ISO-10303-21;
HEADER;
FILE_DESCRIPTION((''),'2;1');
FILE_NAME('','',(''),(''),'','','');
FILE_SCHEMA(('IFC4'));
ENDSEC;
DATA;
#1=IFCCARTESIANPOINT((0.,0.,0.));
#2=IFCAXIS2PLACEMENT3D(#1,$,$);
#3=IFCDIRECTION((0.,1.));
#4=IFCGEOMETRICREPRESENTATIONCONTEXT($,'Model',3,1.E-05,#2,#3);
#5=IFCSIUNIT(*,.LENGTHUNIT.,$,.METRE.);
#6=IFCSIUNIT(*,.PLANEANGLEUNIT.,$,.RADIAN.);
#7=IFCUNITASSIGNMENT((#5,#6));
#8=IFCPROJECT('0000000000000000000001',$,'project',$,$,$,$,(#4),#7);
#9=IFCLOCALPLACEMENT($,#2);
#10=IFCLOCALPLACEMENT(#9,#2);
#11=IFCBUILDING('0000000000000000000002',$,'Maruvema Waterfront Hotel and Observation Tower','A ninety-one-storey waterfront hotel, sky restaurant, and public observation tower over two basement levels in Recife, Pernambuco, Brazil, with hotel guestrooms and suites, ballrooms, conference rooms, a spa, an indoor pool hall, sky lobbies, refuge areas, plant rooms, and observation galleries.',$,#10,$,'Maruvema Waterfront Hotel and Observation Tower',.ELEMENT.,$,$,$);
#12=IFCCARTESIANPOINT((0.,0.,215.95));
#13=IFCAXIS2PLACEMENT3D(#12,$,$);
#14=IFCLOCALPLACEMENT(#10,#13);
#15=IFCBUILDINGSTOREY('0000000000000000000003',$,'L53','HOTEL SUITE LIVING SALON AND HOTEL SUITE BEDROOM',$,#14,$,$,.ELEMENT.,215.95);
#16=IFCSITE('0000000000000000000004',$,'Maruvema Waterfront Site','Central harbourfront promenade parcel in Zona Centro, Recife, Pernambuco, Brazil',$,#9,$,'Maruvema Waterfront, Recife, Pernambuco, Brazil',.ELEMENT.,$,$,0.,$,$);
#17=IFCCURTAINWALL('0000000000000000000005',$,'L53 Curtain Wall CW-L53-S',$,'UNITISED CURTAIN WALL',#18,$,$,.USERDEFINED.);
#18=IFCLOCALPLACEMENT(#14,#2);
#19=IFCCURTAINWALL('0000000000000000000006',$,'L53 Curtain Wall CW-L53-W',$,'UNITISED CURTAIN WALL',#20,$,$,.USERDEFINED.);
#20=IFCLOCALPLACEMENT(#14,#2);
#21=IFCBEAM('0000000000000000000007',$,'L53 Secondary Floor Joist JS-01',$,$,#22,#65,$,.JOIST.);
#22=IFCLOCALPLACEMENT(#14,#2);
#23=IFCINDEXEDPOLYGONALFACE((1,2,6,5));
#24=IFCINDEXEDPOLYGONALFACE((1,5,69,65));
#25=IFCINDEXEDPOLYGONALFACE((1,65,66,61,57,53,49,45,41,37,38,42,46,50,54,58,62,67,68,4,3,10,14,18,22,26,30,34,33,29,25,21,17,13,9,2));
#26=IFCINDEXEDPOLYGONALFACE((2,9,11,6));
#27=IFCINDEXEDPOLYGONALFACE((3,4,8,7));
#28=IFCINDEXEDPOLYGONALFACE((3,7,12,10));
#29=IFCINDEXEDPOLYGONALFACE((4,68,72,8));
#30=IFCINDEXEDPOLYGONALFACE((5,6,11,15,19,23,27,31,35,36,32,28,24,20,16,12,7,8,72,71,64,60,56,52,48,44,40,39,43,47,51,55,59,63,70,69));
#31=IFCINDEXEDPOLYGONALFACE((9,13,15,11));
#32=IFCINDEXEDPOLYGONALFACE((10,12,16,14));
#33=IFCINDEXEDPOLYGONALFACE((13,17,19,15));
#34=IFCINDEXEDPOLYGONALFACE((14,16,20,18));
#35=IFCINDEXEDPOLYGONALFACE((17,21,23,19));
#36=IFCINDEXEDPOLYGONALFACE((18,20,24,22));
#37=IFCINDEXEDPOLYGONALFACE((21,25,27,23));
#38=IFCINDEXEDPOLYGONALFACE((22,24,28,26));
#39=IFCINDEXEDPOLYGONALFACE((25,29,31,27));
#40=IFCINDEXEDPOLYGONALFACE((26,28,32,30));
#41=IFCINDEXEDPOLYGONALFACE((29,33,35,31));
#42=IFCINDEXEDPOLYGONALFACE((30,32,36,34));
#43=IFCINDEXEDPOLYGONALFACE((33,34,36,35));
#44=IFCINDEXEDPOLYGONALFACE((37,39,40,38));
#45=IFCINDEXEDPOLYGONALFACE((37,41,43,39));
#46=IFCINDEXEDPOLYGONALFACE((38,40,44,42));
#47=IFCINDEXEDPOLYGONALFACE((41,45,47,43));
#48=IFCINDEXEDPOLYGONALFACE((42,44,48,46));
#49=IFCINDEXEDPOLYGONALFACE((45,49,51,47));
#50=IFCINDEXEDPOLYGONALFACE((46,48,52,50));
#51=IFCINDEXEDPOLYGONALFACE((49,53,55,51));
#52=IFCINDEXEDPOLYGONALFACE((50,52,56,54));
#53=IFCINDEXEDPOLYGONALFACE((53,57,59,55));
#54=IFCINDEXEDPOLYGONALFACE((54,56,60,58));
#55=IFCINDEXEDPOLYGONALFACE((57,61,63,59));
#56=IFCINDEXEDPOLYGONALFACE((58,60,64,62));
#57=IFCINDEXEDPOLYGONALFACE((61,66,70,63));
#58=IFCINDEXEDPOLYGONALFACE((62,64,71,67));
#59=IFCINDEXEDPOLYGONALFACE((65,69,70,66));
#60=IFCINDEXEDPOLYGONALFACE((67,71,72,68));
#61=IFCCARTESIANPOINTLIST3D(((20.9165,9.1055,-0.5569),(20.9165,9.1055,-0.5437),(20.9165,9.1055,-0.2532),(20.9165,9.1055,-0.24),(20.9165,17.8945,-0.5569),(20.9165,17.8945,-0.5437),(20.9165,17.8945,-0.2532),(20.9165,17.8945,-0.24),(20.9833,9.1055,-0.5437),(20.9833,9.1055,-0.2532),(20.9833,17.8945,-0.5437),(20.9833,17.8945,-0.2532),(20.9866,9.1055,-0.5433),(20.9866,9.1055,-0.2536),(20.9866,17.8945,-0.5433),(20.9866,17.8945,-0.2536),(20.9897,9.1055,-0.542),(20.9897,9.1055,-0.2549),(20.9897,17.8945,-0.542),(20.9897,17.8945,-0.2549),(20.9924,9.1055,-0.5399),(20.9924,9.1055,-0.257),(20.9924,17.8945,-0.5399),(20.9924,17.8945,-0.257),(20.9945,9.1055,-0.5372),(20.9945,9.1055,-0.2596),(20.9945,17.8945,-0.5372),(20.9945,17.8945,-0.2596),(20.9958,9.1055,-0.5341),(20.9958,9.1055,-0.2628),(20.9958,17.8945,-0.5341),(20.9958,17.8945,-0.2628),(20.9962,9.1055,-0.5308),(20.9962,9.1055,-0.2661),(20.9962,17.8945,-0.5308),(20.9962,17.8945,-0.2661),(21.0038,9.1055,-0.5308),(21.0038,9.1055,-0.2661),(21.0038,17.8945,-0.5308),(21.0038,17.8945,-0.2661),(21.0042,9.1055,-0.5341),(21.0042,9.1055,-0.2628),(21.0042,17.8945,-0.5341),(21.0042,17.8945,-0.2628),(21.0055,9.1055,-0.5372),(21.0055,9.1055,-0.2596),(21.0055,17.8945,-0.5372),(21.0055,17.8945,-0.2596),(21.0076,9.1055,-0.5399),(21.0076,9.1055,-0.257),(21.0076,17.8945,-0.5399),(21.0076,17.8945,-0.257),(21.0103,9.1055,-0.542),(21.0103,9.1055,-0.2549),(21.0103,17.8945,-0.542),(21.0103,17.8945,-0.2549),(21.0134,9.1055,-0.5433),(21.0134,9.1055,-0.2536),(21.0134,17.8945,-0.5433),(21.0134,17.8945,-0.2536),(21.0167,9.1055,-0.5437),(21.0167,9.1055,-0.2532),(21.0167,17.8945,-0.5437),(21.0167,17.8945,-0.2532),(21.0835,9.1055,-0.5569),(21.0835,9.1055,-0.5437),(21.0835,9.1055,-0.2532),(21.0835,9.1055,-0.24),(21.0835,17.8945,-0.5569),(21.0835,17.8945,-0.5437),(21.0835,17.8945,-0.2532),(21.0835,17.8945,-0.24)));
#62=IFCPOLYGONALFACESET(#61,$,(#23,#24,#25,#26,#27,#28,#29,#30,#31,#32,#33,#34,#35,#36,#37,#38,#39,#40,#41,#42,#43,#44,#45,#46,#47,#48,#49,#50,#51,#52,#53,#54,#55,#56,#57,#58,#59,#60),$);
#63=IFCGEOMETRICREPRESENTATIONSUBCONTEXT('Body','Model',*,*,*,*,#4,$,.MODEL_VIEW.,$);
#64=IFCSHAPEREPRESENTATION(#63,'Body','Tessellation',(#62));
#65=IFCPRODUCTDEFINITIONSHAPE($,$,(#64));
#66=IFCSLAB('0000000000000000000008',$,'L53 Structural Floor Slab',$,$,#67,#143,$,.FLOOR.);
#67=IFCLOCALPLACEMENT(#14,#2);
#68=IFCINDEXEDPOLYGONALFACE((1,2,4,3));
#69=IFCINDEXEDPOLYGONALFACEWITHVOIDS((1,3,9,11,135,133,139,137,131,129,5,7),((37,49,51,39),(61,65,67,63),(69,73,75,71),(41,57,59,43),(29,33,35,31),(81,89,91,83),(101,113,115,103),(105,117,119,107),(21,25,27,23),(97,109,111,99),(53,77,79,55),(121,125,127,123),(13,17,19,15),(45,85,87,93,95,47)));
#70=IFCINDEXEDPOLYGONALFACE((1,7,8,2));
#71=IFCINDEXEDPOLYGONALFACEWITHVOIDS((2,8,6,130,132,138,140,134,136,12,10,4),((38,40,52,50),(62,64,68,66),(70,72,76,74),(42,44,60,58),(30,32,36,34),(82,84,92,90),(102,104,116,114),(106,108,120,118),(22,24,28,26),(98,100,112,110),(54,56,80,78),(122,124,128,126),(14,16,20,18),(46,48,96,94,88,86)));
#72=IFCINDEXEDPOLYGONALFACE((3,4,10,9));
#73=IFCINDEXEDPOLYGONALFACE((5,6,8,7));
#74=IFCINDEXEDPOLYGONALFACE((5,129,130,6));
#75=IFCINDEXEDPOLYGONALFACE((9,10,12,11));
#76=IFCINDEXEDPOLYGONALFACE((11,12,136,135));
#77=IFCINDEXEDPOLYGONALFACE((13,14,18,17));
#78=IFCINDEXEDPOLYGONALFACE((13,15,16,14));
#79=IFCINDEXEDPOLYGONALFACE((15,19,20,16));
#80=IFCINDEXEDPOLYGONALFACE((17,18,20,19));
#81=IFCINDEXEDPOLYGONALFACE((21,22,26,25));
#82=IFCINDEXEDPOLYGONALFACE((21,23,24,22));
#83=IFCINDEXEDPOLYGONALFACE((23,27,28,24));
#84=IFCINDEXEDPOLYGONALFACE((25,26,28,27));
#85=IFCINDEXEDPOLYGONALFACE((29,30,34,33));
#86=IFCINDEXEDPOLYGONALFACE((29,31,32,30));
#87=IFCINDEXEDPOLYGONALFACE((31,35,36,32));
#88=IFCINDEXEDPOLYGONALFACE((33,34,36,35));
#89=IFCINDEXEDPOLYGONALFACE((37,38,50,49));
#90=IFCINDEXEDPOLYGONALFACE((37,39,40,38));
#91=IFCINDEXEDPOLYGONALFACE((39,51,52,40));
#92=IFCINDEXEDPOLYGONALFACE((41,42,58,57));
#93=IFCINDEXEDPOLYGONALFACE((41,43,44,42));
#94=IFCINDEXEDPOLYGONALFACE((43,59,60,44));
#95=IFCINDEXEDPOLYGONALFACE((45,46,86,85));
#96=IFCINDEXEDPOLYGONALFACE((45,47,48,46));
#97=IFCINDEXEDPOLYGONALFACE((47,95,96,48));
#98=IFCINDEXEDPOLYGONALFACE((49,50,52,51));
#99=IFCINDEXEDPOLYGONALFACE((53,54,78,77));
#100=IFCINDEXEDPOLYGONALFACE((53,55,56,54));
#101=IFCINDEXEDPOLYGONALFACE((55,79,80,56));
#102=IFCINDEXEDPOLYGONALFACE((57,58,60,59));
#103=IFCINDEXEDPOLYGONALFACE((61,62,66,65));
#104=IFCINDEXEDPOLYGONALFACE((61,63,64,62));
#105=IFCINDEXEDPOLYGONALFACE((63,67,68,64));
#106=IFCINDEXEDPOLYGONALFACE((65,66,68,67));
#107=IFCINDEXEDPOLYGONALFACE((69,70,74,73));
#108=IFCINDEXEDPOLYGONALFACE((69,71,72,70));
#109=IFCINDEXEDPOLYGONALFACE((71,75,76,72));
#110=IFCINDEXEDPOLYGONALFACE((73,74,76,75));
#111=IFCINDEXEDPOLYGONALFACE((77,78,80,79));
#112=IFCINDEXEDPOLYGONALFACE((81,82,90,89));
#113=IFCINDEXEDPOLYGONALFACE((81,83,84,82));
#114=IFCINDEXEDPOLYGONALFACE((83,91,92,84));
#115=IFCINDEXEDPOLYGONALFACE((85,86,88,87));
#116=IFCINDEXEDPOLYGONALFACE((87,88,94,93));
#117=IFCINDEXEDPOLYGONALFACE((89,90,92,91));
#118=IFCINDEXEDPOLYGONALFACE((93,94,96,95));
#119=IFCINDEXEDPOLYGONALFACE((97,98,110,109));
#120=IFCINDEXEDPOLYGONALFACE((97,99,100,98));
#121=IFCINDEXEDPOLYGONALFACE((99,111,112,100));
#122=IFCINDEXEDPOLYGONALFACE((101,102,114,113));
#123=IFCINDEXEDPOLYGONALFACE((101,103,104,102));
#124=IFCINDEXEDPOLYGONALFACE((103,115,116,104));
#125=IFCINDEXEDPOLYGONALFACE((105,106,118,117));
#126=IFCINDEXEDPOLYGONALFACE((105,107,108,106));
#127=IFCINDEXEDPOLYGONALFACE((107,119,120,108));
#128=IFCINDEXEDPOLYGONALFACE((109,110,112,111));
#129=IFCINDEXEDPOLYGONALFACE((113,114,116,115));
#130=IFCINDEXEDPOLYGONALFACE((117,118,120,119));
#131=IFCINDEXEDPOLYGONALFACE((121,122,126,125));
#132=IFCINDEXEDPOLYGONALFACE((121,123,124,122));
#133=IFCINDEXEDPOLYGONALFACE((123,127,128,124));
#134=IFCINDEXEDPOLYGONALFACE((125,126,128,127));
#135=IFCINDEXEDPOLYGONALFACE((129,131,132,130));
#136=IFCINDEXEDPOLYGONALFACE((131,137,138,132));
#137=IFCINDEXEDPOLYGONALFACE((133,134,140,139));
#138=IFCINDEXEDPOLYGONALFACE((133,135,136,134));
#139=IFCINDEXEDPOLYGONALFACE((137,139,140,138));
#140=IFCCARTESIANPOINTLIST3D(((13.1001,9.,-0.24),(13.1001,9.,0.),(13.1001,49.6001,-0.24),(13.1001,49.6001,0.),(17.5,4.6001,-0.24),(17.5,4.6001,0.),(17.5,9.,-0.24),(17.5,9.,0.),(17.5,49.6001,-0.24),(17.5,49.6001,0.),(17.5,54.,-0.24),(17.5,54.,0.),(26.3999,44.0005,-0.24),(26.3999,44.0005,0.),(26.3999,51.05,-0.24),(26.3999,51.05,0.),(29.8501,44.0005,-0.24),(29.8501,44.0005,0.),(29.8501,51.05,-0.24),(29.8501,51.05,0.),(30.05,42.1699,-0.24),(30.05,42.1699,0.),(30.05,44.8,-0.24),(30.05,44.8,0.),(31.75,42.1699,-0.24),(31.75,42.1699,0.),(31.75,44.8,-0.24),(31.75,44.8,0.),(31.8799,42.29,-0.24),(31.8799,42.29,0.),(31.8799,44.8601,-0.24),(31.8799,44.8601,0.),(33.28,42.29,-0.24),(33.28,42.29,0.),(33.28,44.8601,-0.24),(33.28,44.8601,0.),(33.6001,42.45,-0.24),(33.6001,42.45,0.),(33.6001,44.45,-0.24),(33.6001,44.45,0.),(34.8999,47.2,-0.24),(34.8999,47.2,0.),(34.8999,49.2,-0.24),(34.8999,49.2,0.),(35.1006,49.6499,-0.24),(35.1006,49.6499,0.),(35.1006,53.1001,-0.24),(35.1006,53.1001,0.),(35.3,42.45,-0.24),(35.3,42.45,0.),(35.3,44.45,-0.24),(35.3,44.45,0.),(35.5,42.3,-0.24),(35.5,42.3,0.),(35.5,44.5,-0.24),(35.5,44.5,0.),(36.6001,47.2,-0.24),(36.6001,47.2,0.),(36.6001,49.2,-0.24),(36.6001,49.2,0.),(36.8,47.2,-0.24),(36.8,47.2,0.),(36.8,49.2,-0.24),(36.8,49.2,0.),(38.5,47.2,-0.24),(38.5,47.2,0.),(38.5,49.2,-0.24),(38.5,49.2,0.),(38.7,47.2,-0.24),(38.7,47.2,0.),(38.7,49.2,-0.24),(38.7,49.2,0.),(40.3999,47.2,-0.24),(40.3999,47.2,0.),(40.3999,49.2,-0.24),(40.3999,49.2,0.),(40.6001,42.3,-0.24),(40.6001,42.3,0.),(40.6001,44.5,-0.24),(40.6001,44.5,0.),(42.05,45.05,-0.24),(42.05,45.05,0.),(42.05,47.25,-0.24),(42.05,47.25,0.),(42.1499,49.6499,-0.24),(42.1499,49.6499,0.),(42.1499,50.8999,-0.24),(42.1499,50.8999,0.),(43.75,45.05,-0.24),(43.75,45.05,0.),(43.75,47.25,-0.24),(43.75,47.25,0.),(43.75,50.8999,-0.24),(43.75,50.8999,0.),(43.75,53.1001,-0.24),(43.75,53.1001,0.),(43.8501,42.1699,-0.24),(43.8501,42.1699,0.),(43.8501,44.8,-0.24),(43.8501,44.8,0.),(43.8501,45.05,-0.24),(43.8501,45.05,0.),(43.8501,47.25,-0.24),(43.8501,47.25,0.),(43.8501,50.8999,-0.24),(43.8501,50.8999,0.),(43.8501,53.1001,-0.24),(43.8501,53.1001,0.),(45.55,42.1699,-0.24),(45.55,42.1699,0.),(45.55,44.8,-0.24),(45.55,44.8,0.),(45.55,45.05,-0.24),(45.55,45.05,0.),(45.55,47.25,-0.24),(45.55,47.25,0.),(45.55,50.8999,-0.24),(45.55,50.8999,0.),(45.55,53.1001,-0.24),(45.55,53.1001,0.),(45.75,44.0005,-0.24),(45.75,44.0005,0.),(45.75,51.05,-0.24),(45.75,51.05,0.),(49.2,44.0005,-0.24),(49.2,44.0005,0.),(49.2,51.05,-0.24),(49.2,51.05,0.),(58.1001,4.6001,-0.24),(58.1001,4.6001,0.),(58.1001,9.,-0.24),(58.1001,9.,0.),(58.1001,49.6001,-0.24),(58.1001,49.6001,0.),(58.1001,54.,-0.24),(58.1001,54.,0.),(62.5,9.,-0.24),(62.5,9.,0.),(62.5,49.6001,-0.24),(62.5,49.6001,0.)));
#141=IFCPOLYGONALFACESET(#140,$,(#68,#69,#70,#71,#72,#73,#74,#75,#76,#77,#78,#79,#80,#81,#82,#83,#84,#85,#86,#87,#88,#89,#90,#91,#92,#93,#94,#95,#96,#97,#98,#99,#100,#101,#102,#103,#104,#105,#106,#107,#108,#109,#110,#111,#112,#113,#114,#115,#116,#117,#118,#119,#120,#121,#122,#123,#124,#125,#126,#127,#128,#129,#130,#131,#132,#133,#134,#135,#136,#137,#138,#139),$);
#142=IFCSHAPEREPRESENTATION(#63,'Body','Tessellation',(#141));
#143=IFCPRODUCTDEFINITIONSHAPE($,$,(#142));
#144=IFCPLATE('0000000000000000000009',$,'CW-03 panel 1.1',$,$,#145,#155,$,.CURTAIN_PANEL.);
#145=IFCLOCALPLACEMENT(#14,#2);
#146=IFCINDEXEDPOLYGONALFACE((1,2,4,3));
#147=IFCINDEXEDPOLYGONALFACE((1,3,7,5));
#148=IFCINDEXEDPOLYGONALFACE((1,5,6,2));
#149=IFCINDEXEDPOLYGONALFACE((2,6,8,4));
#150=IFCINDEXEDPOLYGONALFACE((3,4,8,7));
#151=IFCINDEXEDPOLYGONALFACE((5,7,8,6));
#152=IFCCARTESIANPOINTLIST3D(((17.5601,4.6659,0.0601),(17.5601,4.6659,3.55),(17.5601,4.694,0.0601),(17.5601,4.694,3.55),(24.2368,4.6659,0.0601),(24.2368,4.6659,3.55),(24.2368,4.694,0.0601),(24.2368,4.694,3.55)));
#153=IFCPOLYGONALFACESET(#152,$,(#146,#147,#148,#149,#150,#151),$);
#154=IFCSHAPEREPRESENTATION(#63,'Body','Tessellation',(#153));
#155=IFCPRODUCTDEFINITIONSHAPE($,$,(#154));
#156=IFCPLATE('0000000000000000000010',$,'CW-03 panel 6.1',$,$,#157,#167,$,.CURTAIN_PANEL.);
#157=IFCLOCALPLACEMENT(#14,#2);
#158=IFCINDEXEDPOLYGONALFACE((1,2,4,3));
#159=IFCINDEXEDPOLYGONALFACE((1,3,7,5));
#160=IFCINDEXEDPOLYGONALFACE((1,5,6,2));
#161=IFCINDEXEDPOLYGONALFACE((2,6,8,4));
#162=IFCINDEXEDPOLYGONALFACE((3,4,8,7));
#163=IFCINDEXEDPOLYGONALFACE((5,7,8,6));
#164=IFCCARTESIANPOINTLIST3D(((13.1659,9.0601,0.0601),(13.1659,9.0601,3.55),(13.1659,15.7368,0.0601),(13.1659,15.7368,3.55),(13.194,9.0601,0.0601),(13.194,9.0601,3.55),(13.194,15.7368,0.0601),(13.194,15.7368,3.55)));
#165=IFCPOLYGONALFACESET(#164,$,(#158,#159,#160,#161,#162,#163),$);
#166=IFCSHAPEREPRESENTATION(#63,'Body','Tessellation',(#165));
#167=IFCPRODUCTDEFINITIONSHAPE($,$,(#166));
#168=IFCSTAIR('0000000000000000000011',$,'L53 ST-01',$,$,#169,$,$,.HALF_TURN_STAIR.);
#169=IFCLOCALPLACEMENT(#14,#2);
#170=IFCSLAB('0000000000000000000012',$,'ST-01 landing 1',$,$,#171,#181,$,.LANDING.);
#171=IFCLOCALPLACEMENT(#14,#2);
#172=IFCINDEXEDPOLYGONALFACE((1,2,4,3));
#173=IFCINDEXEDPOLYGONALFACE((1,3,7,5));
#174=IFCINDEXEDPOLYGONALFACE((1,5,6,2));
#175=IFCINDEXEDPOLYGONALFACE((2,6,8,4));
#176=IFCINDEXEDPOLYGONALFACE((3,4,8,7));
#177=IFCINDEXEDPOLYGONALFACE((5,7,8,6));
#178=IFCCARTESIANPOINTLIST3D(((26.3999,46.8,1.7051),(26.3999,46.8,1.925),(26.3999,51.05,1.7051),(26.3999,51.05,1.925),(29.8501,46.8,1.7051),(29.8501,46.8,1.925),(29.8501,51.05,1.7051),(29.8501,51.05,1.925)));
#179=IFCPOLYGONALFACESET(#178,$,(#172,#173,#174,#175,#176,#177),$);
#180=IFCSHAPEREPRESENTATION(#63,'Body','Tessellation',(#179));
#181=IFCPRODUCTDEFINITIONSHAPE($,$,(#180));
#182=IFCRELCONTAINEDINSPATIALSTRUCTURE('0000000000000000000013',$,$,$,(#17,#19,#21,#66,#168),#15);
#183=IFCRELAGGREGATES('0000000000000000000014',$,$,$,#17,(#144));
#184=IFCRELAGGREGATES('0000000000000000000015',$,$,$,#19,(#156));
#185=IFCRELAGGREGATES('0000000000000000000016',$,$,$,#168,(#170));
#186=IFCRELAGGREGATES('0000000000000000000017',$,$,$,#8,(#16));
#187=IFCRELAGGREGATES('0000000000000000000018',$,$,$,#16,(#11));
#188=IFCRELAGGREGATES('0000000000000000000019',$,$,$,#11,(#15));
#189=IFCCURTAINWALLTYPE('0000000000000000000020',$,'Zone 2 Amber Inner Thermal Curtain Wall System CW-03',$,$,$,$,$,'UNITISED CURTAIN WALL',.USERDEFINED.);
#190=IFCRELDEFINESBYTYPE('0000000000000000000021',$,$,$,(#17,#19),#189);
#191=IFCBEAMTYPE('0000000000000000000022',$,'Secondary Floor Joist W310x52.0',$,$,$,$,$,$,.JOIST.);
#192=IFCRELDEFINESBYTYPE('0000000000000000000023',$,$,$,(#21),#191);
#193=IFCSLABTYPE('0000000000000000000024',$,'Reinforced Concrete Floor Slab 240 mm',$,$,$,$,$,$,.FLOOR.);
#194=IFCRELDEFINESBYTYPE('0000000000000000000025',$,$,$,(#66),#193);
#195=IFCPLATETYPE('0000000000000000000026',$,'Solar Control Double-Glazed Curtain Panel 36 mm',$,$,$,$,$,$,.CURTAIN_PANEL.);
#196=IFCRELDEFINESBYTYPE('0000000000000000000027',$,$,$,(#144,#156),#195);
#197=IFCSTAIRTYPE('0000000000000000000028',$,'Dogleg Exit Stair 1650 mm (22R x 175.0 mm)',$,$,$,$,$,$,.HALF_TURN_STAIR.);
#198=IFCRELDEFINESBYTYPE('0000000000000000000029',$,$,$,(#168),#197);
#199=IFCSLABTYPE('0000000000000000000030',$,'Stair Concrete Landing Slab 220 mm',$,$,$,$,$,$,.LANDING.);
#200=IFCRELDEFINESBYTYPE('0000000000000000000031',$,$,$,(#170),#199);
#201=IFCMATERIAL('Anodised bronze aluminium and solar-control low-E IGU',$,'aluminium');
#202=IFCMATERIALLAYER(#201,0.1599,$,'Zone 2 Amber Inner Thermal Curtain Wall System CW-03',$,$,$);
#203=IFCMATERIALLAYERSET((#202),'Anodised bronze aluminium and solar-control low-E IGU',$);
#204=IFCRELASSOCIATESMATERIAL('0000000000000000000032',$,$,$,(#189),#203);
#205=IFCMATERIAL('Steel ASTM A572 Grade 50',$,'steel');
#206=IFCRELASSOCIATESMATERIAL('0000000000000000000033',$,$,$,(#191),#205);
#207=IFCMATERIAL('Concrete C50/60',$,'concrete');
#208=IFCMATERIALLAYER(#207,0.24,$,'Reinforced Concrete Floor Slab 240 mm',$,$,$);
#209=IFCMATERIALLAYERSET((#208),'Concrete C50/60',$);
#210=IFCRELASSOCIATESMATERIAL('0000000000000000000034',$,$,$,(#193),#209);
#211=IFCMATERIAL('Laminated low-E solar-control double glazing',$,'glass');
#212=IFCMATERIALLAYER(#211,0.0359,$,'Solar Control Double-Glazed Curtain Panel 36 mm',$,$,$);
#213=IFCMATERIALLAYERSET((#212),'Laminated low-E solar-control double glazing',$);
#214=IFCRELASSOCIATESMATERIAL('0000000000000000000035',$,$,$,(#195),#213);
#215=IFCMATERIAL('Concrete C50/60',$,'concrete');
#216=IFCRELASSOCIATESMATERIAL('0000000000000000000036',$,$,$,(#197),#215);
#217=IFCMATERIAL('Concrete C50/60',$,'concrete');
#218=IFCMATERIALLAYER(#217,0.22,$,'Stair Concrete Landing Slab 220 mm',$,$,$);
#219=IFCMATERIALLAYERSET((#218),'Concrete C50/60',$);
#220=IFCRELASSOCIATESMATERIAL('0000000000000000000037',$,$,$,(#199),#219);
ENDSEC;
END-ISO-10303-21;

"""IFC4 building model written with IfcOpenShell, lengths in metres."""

from ifc_helpers import new_model, si_unit, direction, frame, origin, origin_2d, place, context, subcontext, project, spatial, polyline, rectangle, i_section, outline, extrude, material, layer, layer_set, material_profile, profile_set, type_object, element, aggregate, save


model = new_model("IFC4")

# Units and contexts
model_context = context("Model", 3, precision=1e-05, world=origin(), true_north=direction((0.0, 1.0)))
body_context = subcontext(model_context, "Body", "Model", "MODEL_VIEW")
ifc_project = project(units=[si_unit("LENGTHUNIT", "METRE"), si_unit("PLANEANGLEUNIT", "RADIAN")], contexts=[model_context])

# Site, building, storey
site_placement = place(None, origin())
site = spatial("IfcSite", under=ifc_project, at=site_placement, Name="Maruvema Waterfront Site", Description="Central harbourfront promenade parcel in Zona Centro, Recife, Pernambuco, Brazil", LongName="Maruvema Waterfront, Recife, Pernambuco, Brazil", CompositionType="ELEMENT", RefElevation=0.0)
building_placement = place(site_placement, origin())
building = spatial("IfcBuilding", under=site, at=building_placement, Name="Maruvema Waterfront Hotel and Observation Tower", Description="A ninety-one-storey waterfront hotel, sky restaurant, and public observation tower over two basement levels in Recife, Pernambuco, Brazil, with hotel guestrooms and suites, ballrooms, conference rooms, a spa, an indoor pool hall, sky lobbies, refuge areas, plant rooms, and observation galleries.", LongName="Maruvema Waterfront Hotel and Observation Tower", CompositionType="ELEMENT")
storey_placement = place(building_placement, frame((0.0, 0.0, 215.95)))
storey = spatial("IfcBuildingStorey", under=building, at=storey_placement, Name="L53", Description="HOTEL SUITE LIVING SALON AND HOTEL SUITE BEDROOM", CompositionType="ELEMENT", Elevation=215.95)

# Curtain walls
ifc_material_1 = material(Name="Anodised bronze aluminium and solar-control low-E IGU", Category="aluminium")
ifc_layer_1 = layer(ifc_material_1, 0.1599, Name="Zone 2 Amber Inner Thermal Curtain Wall System CW-03")
ifc_layer_set_1 = layer_set([ifc_layer_1], Name="Anodised bronze aluminium and solar-control low-E IGU")
curtain_wall_type = type_object("IfcCurtainWallType", Name="Zone 2 Amber Inner Thermal Curtain Wall System CW-03", ElementType="UNITISED CURTAIN WALL", PredefinedType="USERDEFINED", material=ifc_layer_set_1)
curtain_wall_1_placement = place(storey_placement, origin())
curtain_wall_1 = element("IfcCurtainWall", 1, at=curtain_wall_1_placement, inside=storey, type_object=curtain_wall_type, Name="L53 Curtain Wall CW-L53-S", ObjectType="UNITISED CURTAIN WALL", PredefinedType="USERDEFINED")
curtain_wall_2_placement = place(storey_placement, origin())
curtain_wall_2 = element("IfcCurtainWall", 2, at=curtain_wall_2_placement, inside=storey, type_object=curtain_wall_type, Name="L53 Curtain Wall CW-L53-W", ObjectType="UNITISED CURTAIN WALL", PredefinedType="USERDEFINED")

# Beam
ifc_material_2 = material(Name="Steel ASTM A572 Grade 50", Category="steel")
ifc_material_profile_1 = material_profile(ifc_material_2, i_section(OverallWidth=0.167, OverallDepth=0.3169, WebThickness=0.0076, FlangeThickness=0.0132, FilletRadius=0.0129, at=origin_2d()), Name="W310x52.0")
ifc_profile_set_1 = profile_set([ifc_material_profile_1], Name="Steel ASTM A572 Grade 50")
beam_type_1 = type_object("IfcBeamType", Name="Secondary Floor Joist W310x52.0", PredefinedType="JOIST", material=ifc_profile_set_1)
beam_1_placement = place(storey_placement, frame((21.0, 9.1055, -0.3984), z_axis=(0.0, 1.0, 0.0), x_axis=(-1.0, 0.0, 0.0)))
element("IfcBeam", 3, at=beam_1_placement, inside=storey, type_object=beam_type_1, Name="L53 Secondary Floor Joist JS-01", PredefinedType="JOIST", context=body_context, shape_type="SweptSolid", body=[
    extrude(i_section(OverallWidth=0.167, OverallDepth=0.3169, WebThickness=0.0076, FlangeThickness=0.0132, FilletRadius=0.0129, at=origin_2d()), origin(), (0.0, 0.0, 1.0), 8.7891),
])

# Slab
ifc_material_3 = material(Name="Concrete C50/60", Category="concrete")
ifc_layer_2 = layer(ifc_material_3, 0.24, Name="Reinforced Concrete Floor Slab 240 mm")
ifc_layer_set_2 = layer_set([ifc_layer_2], Name="Concrete C50/60")
slab_type_1 = type_object("IfcSlabType", Name="Reinforced Concrete Floor Slab 240 mm", PredefinedType="FLOOR", material=ifc_layer_set_2)
slab_1_placement = place(storey_placement, frame((0.0, 0.0, -0.24)))
element("IfcSlab", 4, at=slab_1_placement, inside=storey, type_object=slab_type_1, Name="L53 Structural Floor Slab", PredefinedType="FLOOR", context=body_context, shape_type="SweptSolid", body=[
    extrude(outline(polyline([(17.5, 4.6001), (58.1001, 4.6001), (58.1001, 9.0), (62.5, 9.0), (62.5, 49.6001), (58.1001, 49.6001), (58.1001, 54.0), (17.5, 54.0), (17.5, 49.6001), (13.1001, 49.6001), (13.1001, 9.0), (17.5, 9.0), (17.5, 4.6001)]), holes=[polyline([(26.3999, 44.0005), (26.3999, 51.05), (29.8501, 51.05), (29.8501, 44.0005), (26.3999, 44.0005)]), polyline([(30.05, 44.8), (31.75, 44.8), (31.75, 42.1699), (30.05, 42.1699), (30.05, 44.8)]), polyline([(31.8799, 44.8601), (33.28, 44.8601), (33.28, 42.29), (31.8799, 42.29), (31.8799, 44.8601)]), polyline([(33.6001, 44.45), (35.3, 44.45), (35.3, 42.45), (33.6001, 42.45), (33.6001, 44.45)]), polyline([(34.8999, 49.2), (36.6001, 49.2), (36.6001, 47.2), (34.8999, 47.2), (34.8999, 49.2)]), polyline([(36.8, 49.2), (38.5, 49.2), (38.5, 47.2), (36.8, 47.2), (36.8, 49.2)]), polyline([(35.5, 42.3), (35.5, 44.5), (40.6001, 44.5), (40.6001, 42.3), (35.5, 42.3)]), polyline([(35.1006, 53.1001), (43.75, 53.1001), (43.75, 50.8999), (42.1499, 50.8999), (42.1499, 49.6499), (35.1006, 49.6499), (35.1006, 53.1001)]), polyline([(38.7, 49.2), (40.3999, 49.2), (40.3999, 47.2), (38.7, 47.2), (38.7, 49.2)]), polyline([(42.05, 47.25), (43.75, 47.25), (43.75, 45.05), (42.05, 45.05), (42.05, 47.25)]), polyline([(43.8501, 44.8), (45.55, 44.8), (45.55, 42.1699), (43.8501, 42.1699), (43.8501, 44.8)]), polyline([(43.8501, 47.25), (45.55, 47.25), (45.55, 45.05), (43.8501, 45.05), (43.8501, 47.25)]), polyline([(45.55, 53.1001), (45.55, 50.8999), (43.8501, 50.8999), (43.8501, 53.1001), (45.55, 53.1001)]), polyline([(45.75, 44.0005), (45.75, 51.05), (49.2, 51.05), (49.2, 44.0005), (45.75, 44.0005)])]), origin(), (0.0, 0.0, 1.0), 0.24),
])

# Plates
ifc_material_4 = material(Name="Laminated low-E solar-control double glazing", Category="glass")
ifc_layer_3 = layer(ifc_material_4, 0.0359, Name="Solar Control Double-Glazed Curtain Panel 36 mm")
ifc_layer_set_3 = layer_set([ifc_layer_3], Name="Laminated low-E solar-control double glazing")
plate_type = type_object("IfcPlateType", Name="Solar Control Double-Glazed Curtain Panel 36 mm", PredefinedType="CURTAIN_PANEL", material=ifc_layer_set_3)
plate_1_placement = place(storey_placement, frame((20.8984, 4.6799, 0.0601), z_axis=(0.0, 0.0, 1.0), x_axis=(1.0, 0.0, 0.0)))
plate_1 = element("IfcPlate", 5, at=plate_1_placement, type_object=plate_type, Name="CW-03 panel 1.1", PredefinedType="CURTAIN_PANEL", context=body_context, shape_type="SweptSolid", body=[
    extrude(rectangle(XDim=6.6768, YDim=0.0281, at=origin_2d()), origin(), (0.0, 0.0, 1.0), 3.49),
])
aggregate(curtain_wall_1, [plate_1])
plate_2_placement = place(storey_placement, frame((13.1799, 12.3984, 0.0601), z_axis=(0.0, 0.0, 1.0), x_axis=(0.0, -1.0, 0.0)))
plate_2 = element("IfcPlate", 6, at=plate_2_placement, type_object=plate_type, Name="CW-03 panel 6.1", PredefinedType="CURTAIN_PANEL", context=body_context, shape_type="SweptSolid", body=[
    extrude(rectangle(XDim=6.6768, YDim=0.0281, at=origin_2d()), origin(), (0.0, 0.0, 1.0), 3.49),
])
aggregate(curtain_wall_2, [plate_2])

# Stair, slab
ifc_material_5 = material(Name="Concrete C50/60", Category="concrete")
stair_type = type_object("IfcStairType", Name="Dogleg Exit Stair 1650 mm (22R x 175.0 mm)", PredefinedType="HALF_TURN_STAIR", material=ifc_material_5)
stair_1_placement = place(storey_placement, origin())
stair_1 = element("IfcStair", 7, at=stair_1_placement, inside=storey, type_object=stair_type, Name="L53 ST-01", PredefinedType="HALF_TURN_STAIR")
ifc_material_6 = material(Name="Concrete C50/60", Category="concrete")
ifc_layer_4 = layer(ifc_material_6, 0.22, Name="Stair Concrete Landing Slab 220 mm")
ifc_layer_set_4 = layer_set([ifc_layer_4], Name="Concrete C50/60")
slab_type_2 = type_object("IfcSlabType", Name="Stair Concrete Landing Slab 220 mm", PredefinedType="LANDING", material=ifc_layer_set_4)
slab_2_placement = place(storey_placement, frame((0.0, 0.0, 1.7051)))
slab_2 = element("IfcSlab", 8, at=slab_2_placement, type_object=slab_type_2, Name="ST-01 landing 1", PredefinedType="LANDING", context=body_context, shape_type="SweptSolid", body=[
    extrude(outline(polyline([(29.8501, 46.8), (29.8501, 51.05), (26.3999, 51.05), (26.3999, 46.8), (29.8501, 46.8)])), origin(), (0.0, 0.0, 1.0), 0.22),
])
aggregate(stair_1, [slab_2])

save(model, "model.ifc")
